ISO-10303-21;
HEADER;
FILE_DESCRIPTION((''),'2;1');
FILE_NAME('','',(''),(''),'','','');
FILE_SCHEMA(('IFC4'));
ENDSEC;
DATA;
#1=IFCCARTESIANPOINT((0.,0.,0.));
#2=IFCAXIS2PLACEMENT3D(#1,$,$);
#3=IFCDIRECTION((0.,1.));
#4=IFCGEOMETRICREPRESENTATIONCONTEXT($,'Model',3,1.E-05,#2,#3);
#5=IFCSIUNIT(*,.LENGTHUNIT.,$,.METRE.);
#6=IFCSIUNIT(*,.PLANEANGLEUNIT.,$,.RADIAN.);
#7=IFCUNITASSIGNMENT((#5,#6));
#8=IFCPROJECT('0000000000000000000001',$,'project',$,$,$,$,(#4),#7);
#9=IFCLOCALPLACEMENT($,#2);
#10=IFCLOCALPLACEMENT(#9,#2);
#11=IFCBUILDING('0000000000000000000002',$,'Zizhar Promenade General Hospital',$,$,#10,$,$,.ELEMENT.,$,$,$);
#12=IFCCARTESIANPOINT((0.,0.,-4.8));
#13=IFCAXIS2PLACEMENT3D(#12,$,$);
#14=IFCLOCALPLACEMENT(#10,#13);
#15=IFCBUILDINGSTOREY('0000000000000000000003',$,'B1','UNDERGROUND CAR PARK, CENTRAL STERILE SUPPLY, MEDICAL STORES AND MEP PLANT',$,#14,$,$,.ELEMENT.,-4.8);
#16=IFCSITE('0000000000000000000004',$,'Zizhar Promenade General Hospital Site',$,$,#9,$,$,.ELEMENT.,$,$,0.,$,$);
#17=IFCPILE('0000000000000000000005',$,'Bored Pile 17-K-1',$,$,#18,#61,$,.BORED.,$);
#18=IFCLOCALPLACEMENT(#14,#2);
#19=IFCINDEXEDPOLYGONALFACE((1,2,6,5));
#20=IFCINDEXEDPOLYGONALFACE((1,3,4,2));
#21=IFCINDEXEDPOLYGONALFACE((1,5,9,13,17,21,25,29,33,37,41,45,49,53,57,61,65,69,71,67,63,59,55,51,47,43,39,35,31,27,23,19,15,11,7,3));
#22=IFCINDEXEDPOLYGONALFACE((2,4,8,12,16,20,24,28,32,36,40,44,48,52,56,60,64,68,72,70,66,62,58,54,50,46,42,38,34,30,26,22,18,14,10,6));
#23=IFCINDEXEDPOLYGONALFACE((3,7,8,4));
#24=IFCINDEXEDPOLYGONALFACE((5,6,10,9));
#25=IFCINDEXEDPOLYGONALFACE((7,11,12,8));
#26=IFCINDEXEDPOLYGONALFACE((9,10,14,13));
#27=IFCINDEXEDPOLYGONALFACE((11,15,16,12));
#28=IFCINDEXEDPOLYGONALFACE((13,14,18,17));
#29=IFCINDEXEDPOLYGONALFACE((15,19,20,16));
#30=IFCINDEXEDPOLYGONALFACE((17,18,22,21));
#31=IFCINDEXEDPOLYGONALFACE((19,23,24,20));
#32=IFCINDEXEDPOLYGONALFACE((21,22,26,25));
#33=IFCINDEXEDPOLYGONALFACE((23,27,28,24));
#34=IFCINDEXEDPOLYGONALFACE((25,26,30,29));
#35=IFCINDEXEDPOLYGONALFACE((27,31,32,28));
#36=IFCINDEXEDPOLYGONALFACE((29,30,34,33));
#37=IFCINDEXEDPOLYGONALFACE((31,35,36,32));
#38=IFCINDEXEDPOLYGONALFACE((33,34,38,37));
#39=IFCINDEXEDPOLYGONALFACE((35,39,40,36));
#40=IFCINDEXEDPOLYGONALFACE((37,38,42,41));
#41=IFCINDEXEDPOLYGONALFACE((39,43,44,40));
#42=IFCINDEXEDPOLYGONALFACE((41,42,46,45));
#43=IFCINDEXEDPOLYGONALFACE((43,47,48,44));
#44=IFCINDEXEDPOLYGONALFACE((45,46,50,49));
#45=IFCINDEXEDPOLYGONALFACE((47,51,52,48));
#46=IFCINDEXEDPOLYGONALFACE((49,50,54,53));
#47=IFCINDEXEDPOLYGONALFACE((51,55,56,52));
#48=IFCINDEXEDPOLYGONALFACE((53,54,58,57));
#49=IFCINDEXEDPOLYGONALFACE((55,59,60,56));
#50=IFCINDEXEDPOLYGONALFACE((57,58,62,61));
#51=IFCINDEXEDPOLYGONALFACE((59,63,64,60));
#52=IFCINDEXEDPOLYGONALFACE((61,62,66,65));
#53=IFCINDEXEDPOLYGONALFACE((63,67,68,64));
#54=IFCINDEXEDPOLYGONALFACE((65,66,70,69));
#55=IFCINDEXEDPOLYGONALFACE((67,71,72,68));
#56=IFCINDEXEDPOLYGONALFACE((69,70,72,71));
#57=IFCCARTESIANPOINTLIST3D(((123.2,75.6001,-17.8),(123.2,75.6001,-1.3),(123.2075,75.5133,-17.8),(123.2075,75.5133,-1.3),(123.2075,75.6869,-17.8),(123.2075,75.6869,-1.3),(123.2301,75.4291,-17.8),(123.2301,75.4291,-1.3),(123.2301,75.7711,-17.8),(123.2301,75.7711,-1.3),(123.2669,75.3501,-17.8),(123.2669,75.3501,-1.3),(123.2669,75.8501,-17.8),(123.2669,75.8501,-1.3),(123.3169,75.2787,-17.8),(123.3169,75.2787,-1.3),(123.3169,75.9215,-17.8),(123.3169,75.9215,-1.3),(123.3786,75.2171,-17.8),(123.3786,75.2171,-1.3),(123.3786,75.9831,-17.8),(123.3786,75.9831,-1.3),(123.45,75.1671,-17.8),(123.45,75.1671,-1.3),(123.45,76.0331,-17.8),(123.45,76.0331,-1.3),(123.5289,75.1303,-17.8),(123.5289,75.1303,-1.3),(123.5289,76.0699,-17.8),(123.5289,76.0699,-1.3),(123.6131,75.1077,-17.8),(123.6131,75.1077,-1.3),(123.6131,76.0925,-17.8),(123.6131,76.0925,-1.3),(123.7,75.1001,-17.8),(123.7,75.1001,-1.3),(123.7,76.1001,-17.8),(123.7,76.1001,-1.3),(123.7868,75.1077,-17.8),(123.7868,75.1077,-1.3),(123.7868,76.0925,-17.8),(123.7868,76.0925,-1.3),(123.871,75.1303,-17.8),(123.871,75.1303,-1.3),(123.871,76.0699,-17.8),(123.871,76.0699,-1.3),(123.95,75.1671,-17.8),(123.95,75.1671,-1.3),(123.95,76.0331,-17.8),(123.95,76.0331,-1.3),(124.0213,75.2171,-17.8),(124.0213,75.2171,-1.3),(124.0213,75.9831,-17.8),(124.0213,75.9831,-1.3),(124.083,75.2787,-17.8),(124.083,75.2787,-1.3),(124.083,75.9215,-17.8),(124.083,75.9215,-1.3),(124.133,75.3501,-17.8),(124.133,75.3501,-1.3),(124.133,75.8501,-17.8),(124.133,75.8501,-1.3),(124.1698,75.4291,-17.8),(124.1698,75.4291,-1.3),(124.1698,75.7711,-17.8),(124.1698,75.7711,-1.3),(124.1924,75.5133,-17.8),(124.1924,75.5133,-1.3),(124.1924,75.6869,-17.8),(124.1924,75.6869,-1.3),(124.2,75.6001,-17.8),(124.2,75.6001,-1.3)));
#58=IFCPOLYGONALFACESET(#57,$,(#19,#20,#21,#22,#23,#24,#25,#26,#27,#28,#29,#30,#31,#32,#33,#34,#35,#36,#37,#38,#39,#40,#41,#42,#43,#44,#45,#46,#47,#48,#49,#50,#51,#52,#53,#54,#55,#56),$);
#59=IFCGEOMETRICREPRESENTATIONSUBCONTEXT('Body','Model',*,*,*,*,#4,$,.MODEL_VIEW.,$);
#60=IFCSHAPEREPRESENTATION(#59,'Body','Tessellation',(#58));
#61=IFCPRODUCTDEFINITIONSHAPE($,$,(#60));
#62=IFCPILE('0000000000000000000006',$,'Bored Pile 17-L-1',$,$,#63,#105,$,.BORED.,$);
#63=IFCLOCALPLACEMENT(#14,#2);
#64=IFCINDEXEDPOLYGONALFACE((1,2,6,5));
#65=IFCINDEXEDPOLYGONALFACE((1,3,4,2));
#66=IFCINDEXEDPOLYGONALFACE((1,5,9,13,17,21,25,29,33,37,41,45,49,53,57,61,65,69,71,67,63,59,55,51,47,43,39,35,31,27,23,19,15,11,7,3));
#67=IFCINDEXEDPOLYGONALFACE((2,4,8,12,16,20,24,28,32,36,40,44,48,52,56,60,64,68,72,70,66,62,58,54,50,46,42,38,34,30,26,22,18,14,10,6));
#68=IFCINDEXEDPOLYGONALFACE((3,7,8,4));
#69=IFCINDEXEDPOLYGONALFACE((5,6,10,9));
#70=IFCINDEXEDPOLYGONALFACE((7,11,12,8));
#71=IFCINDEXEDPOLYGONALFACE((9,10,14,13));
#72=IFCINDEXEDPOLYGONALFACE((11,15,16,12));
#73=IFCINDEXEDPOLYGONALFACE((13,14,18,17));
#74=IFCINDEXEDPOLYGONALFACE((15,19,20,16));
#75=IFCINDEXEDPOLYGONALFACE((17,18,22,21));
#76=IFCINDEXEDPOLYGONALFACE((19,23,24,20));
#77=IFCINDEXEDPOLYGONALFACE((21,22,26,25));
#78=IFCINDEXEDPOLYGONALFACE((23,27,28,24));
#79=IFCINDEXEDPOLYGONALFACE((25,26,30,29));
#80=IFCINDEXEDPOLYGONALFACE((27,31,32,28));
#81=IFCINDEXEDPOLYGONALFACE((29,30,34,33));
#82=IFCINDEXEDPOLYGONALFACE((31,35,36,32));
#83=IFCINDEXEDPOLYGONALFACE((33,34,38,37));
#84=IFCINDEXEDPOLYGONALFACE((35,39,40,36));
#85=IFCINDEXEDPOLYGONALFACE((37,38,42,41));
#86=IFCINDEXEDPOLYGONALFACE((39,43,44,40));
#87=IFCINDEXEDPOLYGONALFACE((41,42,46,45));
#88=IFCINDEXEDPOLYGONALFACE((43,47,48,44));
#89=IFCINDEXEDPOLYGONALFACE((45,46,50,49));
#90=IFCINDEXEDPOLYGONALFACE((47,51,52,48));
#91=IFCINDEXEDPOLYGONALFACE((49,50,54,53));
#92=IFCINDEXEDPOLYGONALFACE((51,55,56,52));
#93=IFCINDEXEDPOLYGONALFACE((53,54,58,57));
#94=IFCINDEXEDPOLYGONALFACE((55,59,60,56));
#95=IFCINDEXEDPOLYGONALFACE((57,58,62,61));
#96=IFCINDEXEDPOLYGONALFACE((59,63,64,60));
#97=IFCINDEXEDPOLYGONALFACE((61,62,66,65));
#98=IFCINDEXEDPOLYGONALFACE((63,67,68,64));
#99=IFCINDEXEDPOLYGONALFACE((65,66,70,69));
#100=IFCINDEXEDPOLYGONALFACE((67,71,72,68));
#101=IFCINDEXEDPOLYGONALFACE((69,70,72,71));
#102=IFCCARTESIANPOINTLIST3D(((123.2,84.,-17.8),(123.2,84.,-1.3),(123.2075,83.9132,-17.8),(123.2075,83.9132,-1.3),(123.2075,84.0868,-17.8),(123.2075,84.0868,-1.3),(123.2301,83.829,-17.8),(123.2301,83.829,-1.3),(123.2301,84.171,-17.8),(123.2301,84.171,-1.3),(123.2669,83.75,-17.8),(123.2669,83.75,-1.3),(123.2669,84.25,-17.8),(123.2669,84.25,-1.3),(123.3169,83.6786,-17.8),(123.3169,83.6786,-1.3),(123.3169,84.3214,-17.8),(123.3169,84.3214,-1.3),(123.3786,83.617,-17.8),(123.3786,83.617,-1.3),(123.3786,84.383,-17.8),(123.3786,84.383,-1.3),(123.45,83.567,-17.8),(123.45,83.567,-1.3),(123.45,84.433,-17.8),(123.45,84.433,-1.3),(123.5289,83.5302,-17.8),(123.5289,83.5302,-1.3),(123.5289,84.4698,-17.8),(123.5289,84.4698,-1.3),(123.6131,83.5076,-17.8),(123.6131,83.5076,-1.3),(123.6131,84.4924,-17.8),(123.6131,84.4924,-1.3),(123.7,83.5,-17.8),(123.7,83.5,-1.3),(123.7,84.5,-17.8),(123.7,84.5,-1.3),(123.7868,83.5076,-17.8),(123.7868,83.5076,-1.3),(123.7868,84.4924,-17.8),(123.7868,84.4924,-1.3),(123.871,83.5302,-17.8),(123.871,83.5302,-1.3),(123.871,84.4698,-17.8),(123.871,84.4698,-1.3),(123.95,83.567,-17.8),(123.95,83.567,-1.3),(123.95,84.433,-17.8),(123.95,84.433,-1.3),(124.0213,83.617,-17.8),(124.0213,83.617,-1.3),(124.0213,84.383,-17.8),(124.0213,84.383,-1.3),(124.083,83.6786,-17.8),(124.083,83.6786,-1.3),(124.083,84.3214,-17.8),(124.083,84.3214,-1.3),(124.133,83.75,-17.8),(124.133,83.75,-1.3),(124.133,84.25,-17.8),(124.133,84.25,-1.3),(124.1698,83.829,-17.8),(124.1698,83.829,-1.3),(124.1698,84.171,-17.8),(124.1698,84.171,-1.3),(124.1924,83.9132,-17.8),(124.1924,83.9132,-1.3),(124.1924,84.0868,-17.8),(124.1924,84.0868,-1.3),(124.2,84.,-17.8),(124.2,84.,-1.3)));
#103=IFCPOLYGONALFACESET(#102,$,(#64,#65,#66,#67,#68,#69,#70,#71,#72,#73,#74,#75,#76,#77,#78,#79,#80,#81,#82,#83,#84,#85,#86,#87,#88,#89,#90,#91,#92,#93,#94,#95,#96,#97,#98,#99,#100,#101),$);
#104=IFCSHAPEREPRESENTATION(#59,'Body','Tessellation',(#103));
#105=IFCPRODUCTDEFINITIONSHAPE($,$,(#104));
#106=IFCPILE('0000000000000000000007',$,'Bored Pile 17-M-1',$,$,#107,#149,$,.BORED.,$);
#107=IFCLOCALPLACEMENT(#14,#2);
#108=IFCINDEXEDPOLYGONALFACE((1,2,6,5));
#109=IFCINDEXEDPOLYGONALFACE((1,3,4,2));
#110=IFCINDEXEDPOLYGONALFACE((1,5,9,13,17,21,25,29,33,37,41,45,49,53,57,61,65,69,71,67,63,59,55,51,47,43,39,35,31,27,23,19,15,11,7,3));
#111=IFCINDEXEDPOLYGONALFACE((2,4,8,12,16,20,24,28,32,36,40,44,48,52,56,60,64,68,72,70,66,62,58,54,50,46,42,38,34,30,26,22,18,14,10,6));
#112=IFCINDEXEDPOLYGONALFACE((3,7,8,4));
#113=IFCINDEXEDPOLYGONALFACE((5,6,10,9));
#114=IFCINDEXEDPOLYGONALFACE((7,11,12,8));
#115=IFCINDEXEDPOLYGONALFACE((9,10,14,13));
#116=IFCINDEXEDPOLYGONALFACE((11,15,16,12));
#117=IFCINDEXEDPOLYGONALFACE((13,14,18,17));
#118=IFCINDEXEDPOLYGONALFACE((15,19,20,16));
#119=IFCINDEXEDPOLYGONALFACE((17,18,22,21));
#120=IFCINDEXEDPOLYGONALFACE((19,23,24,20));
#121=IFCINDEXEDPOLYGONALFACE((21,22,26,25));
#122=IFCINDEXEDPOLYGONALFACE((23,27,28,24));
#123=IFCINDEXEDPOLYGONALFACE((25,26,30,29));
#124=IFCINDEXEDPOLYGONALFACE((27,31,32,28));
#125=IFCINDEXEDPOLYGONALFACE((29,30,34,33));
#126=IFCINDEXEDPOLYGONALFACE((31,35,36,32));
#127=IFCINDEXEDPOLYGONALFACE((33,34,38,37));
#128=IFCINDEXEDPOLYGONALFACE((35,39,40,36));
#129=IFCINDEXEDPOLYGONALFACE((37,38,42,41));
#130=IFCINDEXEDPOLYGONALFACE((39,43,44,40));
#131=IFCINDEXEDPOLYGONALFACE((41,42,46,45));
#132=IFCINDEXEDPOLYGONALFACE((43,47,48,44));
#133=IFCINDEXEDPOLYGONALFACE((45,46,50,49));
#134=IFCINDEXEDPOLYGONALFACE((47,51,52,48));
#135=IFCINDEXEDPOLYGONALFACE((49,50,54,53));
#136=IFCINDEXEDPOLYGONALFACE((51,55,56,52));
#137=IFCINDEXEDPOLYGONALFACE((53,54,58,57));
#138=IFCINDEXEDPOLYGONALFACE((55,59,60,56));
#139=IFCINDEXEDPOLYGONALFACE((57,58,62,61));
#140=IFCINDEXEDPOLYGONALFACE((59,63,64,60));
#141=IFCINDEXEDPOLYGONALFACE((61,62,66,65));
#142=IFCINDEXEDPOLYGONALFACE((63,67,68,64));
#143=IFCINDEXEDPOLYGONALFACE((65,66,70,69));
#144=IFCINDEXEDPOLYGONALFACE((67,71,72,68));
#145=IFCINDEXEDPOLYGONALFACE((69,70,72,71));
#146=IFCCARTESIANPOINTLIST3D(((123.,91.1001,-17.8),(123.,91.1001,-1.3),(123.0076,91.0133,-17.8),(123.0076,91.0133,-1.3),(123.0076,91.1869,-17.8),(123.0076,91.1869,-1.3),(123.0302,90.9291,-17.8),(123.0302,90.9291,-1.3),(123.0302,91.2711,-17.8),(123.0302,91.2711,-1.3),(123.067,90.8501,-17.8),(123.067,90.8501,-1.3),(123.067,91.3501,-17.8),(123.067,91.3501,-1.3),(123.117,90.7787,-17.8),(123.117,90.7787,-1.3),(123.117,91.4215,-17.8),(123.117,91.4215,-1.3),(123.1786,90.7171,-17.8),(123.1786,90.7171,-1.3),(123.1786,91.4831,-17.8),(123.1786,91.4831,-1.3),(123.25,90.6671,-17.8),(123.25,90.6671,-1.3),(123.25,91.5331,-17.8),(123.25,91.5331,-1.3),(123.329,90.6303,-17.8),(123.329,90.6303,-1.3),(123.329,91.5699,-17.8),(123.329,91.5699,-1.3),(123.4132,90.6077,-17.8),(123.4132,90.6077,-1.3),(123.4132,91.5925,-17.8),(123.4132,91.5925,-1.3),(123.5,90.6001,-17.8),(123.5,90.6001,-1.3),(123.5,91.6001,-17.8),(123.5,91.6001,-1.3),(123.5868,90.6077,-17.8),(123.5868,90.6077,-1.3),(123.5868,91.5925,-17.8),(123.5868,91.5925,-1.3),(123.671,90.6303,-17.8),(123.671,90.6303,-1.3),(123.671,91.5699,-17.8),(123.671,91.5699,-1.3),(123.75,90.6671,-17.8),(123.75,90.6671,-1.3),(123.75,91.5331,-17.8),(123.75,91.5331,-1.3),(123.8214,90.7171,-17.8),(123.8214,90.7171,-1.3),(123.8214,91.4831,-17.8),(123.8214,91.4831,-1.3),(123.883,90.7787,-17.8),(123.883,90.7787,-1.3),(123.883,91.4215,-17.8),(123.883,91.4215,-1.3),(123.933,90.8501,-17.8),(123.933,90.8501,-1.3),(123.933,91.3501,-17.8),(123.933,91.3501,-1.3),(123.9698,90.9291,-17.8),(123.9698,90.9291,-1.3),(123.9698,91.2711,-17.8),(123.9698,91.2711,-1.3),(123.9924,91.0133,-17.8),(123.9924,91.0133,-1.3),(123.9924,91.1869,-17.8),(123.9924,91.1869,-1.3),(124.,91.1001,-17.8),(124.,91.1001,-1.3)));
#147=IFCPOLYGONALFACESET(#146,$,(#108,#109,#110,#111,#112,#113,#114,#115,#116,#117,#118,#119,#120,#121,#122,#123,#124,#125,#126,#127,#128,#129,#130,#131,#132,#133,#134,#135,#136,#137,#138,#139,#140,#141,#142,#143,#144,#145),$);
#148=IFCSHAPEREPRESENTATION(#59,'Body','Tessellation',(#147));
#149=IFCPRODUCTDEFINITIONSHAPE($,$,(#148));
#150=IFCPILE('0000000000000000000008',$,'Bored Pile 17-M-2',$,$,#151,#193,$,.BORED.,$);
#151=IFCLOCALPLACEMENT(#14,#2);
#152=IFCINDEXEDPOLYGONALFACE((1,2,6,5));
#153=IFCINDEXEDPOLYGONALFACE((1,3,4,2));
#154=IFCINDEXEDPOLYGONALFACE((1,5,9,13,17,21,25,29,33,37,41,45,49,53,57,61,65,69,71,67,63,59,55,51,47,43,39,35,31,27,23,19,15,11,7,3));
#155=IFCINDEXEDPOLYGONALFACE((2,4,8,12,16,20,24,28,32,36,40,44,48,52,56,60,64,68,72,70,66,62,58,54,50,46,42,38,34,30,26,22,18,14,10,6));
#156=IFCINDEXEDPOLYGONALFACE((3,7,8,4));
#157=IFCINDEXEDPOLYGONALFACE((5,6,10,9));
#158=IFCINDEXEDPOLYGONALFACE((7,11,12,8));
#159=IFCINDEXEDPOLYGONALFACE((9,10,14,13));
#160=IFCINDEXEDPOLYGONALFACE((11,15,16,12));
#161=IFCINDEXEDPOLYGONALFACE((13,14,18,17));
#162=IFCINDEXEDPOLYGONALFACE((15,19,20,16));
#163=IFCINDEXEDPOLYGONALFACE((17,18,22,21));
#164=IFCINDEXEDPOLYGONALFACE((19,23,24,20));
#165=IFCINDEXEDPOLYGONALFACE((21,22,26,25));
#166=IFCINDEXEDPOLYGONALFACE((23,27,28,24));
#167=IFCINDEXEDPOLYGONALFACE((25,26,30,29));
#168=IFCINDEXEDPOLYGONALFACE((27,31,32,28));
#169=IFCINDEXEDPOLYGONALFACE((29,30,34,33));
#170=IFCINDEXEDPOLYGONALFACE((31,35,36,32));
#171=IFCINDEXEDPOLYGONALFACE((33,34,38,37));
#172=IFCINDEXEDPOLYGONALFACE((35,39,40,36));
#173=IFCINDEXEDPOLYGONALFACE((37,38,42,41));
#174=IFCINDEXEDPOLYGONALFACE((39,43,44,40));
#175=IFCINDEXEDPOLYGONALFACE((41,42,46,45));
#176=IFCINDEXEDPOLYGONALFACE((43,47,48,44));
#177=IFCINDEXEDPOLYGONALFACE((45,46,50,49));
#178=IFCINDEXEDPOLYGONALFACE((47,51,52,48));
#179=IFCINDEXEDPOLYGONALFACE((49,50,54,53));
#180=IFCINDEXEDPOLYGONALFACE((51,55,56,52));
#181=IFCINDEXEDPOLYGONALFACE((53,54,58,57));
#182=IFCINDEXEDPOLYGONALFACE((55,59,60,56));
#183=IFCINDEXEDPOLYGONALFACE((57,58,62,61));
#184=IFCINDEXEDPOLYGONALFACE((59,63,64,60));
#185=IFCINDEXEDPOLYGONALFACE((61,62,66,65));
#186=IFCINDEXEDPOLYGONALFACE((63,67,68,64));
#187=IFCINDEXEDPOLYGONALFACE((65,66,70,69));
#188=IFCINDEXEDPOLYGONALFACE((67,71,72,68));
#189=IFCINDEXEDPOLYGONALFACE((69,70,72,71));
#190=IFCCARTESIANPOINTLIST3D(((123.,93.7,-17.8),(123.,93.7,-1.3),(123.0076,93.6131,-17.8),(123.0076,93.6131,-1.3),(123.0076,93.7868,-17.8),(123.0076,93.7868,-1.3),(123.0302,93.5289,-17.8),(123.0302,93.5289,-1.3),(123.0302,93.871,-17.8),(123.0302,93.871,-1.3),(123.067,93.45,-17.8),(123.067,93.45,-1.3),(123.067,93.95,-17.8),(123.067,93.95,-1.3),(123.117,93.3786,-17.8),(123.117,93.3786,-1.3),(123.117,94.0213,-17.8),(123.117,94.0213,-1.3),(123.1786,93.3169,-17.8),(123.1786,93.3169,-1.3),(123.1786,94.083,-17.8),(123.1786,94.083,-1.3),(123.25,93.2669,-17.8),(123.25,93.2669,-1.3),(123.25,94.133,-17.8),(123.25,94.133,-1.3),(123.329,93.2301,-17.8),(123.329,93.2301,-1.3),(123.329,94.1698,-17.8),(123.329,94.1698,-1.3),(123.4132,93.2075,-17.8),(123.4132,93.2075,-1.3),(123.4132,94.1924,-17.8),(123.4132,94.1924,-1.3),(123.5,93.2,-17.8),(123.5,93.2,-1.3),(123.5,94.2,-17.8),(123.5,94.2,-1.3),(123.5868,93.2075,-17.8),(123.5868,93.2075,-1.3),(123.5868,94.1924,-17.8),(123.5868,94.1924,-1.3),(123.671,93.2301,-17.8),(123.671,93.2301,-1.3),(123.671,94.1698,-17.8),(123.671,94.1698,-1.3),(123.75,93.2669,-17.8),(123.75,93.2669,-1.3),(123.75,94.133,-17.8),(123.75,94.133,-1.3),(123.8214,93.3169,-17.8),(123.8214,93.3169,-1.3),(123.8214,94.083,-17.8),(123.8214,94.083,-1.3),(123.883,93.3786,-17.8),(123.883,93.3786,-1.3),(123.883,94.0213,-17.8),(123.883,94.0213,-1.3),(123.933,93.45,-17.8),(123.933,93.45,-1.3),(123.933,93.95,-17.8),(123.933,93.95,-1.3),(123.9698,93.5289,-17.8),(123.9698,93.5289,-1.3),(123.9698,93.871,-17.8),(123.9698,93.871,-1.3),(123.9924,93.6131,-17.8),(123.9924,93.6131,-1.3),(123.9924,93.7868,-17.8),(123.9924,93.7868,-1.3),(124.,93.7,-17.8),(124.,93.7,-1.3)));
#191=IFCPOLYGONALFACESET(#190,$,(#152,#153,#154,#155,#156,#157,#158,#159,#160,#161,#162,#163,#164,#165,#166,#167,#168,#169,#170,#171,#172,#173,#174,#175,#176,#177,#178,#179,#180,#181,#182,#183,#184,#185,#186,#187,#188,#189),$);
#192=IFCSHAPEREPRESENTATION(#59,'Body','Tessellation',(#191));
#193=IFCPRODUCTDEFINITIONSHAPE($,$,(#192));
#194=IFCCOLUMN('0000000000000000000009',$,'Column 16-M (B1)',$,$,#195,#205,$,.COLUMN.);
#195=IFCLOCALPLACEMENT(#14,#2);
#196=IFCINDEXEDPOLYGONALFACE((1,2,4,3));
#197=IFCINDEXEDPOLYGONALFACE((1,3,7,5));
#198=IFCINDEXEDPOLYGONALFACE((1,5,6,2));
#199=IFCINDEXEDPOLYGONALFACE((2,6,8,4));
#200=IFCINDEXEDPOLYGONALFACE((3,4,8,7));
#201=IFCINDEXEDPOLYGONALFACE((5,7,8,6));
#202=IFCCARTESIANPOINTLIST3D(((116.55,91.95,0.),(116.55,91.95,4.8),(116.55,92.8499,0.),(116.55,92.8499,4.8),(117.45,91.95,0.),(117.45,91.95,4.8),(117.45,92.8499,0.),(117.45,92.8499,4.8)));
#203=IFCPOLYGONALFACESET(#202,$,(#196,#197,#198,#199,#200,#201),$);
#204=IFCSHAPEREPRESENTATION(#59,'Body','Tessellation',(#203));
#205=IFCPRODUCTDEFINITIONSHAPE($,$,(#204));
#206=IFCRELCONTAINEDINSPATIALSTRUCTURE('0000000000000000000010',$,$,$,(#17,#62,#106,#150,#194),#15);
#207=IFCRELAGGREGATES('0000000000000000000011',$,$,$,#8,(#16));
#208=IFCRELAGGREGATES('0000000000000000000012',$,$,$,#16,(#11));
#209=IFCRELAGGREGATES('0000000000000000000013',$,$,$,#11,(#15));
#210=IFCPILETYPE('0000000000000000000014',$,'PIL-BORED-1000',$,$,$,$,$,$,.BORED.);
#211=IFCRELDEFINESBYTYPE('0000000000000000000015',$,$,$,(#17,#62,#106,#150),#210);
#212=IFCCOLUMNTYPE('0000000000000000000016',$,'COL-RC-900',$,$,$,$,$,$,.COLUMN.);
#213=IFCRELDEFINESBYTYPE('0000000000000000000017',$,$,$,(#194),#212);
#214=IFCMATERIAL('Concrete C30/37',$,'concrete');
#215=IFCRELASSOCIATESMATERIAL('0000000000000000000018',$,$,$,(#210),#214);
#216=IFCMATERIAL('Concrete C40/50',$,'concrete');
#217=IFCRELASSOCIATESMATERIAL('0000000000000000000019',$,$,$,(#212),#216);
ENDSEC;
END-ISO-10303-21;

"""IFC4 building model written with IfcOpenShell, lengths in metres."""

from ifc_helpers import new_model, si_unit, direction, frame, origin, origin_2d, place, context, subcontext, project, spatial, rectangle, circle, extrude, material, material_profile, profile_set, type_object, element, save


model = new_model("IFC4")

# Units and contexts
model_context = context("Model", 3, precision=1e-05, world=origin(), true_north=direction((0.0, 1.0)))
body_context = subcontext(model_context, "Body", "Model", "MODEL_VIEW")
ifc_project = project(units=[si_unit("LENGTHUNIT", "METRE"), si_unit("PLANEANGLEUNIT", "RADIAN")], contexts=[model_context])

# Site, building, storey
site_placement = place(None, origin())
site = spatial("IfcSite", under=ifc_project, at=site_placement, Name="Zizhar Promenade General Hospital Site", CompositionType="ELEMENT", RefElevation=0.0)
building_placement = place(site_placement, origin())
building = spatial("IfcBuilding", under=site, at=building_placement, Name="Zizhar Promenade General Hospital", CompositionType="ELEMENT")
storey_placement = place(building_placement, frame((0.0, 0.0, -4.8)))
storey = spatial("IfcBuildingStorey", under=building, at=storey_placement, Name="B1", Description="UNDERGROUND CAR PARK, CENTRAL STERILE SUPPLY, MEDICAL STORES AND MEP PLANT", CompositionType="ELEMENT", Elevation=-4.8)

# Piles
ifc_material_1 = material(Name="Concrete C30/37", Category="concrete")
ifc_material_profile_1 = material_profile(ifc_material_1, circle(Radius=0.5, at=origin_2d()))
ifc_profile_set_1 = profile_set([ifc_material_profile_1], Name="Concrete C30/37")
pile_type = type_object("IfcPileType", Name="PIL-BORED-1000", PredefinedType="BORED", material=ifc_profile_set_1)
for number, where, z_axis, x_axis, name in (
    (1, (123.7, 75.6001, -1.3), (0.0, 0.0, -1.0), (1.0, 0.0, 0.0), "Bored Pile 17-K-1"),
    (2, (123.7, 84.0, -1.3), (0.0, 0.0, -1.0), (1.0, 0.0, 0.0), "Bored Pile 17-L-1"),
    (3, (123.5, 91.1001, -1.3), (0.0, 0.0, -1.0), (1.0, 0.0, 0.0), "Bored Pile 17-M-1"),
    (4, (123.5, 93.7, -1.3), (0.0, 0.0, -1.0), (1.0, 0.0, 0.0), "Bored Pile 17-M-2"),
):
    element("IfcPile", number, at=place(storey_placement, frame(where, z_axis=z_axis, x_axis=x_axis)), inside=storey, type_object=pile_type, Name=name, PredefinedType="BORED", context=body_context, shape_type="SweptSolid", body=[
        extrude(circle(Radius=0.5, at=origin_2d()), origin(), (0.0, 0.0, 1.0), 16.5),
    ])

# Column
ifc_material_2 = material(Name="Concrete C40/50", Category="concrete")
ifc_material_profile_2 = material_profile(ifc_material_2, rectangle(XDim=0.8999, YDim=0.8999, at=origin_2d()))
ifc_profile_set_2 = profile_set([ifc_material_profile_2], Name="Concrete C40/50")
column_type = type_object("IfcColumnType", Name="COL-RC-900", PredefinedType="COLUMN", material=ifc_profile_set_2)
for number, where, z_axis, x_axis, name in (
    (5, (117.0, 92.3999, 0.0), (0.0, 0.0, 1.0), (1.0, 0.0, 0.0), "Column 16-M (B1)"),
):
    element("IfcColumn", number, at=place(storey_placement, frame(where, z_axis=z_axis, x_axis=x_axis)), inside=storey, type_object=column_type, Name=name, PredefinedType="COLUMN", context=body_context, shape_type="SweptSolid", body=[
        extrude(rectangle(XDim=0.8999, YDim=0.8999, at=origin_2d()), origin(), (0.0, 0.0, 1.0), 4.8),
    ])

save(model, "model.ifc")
